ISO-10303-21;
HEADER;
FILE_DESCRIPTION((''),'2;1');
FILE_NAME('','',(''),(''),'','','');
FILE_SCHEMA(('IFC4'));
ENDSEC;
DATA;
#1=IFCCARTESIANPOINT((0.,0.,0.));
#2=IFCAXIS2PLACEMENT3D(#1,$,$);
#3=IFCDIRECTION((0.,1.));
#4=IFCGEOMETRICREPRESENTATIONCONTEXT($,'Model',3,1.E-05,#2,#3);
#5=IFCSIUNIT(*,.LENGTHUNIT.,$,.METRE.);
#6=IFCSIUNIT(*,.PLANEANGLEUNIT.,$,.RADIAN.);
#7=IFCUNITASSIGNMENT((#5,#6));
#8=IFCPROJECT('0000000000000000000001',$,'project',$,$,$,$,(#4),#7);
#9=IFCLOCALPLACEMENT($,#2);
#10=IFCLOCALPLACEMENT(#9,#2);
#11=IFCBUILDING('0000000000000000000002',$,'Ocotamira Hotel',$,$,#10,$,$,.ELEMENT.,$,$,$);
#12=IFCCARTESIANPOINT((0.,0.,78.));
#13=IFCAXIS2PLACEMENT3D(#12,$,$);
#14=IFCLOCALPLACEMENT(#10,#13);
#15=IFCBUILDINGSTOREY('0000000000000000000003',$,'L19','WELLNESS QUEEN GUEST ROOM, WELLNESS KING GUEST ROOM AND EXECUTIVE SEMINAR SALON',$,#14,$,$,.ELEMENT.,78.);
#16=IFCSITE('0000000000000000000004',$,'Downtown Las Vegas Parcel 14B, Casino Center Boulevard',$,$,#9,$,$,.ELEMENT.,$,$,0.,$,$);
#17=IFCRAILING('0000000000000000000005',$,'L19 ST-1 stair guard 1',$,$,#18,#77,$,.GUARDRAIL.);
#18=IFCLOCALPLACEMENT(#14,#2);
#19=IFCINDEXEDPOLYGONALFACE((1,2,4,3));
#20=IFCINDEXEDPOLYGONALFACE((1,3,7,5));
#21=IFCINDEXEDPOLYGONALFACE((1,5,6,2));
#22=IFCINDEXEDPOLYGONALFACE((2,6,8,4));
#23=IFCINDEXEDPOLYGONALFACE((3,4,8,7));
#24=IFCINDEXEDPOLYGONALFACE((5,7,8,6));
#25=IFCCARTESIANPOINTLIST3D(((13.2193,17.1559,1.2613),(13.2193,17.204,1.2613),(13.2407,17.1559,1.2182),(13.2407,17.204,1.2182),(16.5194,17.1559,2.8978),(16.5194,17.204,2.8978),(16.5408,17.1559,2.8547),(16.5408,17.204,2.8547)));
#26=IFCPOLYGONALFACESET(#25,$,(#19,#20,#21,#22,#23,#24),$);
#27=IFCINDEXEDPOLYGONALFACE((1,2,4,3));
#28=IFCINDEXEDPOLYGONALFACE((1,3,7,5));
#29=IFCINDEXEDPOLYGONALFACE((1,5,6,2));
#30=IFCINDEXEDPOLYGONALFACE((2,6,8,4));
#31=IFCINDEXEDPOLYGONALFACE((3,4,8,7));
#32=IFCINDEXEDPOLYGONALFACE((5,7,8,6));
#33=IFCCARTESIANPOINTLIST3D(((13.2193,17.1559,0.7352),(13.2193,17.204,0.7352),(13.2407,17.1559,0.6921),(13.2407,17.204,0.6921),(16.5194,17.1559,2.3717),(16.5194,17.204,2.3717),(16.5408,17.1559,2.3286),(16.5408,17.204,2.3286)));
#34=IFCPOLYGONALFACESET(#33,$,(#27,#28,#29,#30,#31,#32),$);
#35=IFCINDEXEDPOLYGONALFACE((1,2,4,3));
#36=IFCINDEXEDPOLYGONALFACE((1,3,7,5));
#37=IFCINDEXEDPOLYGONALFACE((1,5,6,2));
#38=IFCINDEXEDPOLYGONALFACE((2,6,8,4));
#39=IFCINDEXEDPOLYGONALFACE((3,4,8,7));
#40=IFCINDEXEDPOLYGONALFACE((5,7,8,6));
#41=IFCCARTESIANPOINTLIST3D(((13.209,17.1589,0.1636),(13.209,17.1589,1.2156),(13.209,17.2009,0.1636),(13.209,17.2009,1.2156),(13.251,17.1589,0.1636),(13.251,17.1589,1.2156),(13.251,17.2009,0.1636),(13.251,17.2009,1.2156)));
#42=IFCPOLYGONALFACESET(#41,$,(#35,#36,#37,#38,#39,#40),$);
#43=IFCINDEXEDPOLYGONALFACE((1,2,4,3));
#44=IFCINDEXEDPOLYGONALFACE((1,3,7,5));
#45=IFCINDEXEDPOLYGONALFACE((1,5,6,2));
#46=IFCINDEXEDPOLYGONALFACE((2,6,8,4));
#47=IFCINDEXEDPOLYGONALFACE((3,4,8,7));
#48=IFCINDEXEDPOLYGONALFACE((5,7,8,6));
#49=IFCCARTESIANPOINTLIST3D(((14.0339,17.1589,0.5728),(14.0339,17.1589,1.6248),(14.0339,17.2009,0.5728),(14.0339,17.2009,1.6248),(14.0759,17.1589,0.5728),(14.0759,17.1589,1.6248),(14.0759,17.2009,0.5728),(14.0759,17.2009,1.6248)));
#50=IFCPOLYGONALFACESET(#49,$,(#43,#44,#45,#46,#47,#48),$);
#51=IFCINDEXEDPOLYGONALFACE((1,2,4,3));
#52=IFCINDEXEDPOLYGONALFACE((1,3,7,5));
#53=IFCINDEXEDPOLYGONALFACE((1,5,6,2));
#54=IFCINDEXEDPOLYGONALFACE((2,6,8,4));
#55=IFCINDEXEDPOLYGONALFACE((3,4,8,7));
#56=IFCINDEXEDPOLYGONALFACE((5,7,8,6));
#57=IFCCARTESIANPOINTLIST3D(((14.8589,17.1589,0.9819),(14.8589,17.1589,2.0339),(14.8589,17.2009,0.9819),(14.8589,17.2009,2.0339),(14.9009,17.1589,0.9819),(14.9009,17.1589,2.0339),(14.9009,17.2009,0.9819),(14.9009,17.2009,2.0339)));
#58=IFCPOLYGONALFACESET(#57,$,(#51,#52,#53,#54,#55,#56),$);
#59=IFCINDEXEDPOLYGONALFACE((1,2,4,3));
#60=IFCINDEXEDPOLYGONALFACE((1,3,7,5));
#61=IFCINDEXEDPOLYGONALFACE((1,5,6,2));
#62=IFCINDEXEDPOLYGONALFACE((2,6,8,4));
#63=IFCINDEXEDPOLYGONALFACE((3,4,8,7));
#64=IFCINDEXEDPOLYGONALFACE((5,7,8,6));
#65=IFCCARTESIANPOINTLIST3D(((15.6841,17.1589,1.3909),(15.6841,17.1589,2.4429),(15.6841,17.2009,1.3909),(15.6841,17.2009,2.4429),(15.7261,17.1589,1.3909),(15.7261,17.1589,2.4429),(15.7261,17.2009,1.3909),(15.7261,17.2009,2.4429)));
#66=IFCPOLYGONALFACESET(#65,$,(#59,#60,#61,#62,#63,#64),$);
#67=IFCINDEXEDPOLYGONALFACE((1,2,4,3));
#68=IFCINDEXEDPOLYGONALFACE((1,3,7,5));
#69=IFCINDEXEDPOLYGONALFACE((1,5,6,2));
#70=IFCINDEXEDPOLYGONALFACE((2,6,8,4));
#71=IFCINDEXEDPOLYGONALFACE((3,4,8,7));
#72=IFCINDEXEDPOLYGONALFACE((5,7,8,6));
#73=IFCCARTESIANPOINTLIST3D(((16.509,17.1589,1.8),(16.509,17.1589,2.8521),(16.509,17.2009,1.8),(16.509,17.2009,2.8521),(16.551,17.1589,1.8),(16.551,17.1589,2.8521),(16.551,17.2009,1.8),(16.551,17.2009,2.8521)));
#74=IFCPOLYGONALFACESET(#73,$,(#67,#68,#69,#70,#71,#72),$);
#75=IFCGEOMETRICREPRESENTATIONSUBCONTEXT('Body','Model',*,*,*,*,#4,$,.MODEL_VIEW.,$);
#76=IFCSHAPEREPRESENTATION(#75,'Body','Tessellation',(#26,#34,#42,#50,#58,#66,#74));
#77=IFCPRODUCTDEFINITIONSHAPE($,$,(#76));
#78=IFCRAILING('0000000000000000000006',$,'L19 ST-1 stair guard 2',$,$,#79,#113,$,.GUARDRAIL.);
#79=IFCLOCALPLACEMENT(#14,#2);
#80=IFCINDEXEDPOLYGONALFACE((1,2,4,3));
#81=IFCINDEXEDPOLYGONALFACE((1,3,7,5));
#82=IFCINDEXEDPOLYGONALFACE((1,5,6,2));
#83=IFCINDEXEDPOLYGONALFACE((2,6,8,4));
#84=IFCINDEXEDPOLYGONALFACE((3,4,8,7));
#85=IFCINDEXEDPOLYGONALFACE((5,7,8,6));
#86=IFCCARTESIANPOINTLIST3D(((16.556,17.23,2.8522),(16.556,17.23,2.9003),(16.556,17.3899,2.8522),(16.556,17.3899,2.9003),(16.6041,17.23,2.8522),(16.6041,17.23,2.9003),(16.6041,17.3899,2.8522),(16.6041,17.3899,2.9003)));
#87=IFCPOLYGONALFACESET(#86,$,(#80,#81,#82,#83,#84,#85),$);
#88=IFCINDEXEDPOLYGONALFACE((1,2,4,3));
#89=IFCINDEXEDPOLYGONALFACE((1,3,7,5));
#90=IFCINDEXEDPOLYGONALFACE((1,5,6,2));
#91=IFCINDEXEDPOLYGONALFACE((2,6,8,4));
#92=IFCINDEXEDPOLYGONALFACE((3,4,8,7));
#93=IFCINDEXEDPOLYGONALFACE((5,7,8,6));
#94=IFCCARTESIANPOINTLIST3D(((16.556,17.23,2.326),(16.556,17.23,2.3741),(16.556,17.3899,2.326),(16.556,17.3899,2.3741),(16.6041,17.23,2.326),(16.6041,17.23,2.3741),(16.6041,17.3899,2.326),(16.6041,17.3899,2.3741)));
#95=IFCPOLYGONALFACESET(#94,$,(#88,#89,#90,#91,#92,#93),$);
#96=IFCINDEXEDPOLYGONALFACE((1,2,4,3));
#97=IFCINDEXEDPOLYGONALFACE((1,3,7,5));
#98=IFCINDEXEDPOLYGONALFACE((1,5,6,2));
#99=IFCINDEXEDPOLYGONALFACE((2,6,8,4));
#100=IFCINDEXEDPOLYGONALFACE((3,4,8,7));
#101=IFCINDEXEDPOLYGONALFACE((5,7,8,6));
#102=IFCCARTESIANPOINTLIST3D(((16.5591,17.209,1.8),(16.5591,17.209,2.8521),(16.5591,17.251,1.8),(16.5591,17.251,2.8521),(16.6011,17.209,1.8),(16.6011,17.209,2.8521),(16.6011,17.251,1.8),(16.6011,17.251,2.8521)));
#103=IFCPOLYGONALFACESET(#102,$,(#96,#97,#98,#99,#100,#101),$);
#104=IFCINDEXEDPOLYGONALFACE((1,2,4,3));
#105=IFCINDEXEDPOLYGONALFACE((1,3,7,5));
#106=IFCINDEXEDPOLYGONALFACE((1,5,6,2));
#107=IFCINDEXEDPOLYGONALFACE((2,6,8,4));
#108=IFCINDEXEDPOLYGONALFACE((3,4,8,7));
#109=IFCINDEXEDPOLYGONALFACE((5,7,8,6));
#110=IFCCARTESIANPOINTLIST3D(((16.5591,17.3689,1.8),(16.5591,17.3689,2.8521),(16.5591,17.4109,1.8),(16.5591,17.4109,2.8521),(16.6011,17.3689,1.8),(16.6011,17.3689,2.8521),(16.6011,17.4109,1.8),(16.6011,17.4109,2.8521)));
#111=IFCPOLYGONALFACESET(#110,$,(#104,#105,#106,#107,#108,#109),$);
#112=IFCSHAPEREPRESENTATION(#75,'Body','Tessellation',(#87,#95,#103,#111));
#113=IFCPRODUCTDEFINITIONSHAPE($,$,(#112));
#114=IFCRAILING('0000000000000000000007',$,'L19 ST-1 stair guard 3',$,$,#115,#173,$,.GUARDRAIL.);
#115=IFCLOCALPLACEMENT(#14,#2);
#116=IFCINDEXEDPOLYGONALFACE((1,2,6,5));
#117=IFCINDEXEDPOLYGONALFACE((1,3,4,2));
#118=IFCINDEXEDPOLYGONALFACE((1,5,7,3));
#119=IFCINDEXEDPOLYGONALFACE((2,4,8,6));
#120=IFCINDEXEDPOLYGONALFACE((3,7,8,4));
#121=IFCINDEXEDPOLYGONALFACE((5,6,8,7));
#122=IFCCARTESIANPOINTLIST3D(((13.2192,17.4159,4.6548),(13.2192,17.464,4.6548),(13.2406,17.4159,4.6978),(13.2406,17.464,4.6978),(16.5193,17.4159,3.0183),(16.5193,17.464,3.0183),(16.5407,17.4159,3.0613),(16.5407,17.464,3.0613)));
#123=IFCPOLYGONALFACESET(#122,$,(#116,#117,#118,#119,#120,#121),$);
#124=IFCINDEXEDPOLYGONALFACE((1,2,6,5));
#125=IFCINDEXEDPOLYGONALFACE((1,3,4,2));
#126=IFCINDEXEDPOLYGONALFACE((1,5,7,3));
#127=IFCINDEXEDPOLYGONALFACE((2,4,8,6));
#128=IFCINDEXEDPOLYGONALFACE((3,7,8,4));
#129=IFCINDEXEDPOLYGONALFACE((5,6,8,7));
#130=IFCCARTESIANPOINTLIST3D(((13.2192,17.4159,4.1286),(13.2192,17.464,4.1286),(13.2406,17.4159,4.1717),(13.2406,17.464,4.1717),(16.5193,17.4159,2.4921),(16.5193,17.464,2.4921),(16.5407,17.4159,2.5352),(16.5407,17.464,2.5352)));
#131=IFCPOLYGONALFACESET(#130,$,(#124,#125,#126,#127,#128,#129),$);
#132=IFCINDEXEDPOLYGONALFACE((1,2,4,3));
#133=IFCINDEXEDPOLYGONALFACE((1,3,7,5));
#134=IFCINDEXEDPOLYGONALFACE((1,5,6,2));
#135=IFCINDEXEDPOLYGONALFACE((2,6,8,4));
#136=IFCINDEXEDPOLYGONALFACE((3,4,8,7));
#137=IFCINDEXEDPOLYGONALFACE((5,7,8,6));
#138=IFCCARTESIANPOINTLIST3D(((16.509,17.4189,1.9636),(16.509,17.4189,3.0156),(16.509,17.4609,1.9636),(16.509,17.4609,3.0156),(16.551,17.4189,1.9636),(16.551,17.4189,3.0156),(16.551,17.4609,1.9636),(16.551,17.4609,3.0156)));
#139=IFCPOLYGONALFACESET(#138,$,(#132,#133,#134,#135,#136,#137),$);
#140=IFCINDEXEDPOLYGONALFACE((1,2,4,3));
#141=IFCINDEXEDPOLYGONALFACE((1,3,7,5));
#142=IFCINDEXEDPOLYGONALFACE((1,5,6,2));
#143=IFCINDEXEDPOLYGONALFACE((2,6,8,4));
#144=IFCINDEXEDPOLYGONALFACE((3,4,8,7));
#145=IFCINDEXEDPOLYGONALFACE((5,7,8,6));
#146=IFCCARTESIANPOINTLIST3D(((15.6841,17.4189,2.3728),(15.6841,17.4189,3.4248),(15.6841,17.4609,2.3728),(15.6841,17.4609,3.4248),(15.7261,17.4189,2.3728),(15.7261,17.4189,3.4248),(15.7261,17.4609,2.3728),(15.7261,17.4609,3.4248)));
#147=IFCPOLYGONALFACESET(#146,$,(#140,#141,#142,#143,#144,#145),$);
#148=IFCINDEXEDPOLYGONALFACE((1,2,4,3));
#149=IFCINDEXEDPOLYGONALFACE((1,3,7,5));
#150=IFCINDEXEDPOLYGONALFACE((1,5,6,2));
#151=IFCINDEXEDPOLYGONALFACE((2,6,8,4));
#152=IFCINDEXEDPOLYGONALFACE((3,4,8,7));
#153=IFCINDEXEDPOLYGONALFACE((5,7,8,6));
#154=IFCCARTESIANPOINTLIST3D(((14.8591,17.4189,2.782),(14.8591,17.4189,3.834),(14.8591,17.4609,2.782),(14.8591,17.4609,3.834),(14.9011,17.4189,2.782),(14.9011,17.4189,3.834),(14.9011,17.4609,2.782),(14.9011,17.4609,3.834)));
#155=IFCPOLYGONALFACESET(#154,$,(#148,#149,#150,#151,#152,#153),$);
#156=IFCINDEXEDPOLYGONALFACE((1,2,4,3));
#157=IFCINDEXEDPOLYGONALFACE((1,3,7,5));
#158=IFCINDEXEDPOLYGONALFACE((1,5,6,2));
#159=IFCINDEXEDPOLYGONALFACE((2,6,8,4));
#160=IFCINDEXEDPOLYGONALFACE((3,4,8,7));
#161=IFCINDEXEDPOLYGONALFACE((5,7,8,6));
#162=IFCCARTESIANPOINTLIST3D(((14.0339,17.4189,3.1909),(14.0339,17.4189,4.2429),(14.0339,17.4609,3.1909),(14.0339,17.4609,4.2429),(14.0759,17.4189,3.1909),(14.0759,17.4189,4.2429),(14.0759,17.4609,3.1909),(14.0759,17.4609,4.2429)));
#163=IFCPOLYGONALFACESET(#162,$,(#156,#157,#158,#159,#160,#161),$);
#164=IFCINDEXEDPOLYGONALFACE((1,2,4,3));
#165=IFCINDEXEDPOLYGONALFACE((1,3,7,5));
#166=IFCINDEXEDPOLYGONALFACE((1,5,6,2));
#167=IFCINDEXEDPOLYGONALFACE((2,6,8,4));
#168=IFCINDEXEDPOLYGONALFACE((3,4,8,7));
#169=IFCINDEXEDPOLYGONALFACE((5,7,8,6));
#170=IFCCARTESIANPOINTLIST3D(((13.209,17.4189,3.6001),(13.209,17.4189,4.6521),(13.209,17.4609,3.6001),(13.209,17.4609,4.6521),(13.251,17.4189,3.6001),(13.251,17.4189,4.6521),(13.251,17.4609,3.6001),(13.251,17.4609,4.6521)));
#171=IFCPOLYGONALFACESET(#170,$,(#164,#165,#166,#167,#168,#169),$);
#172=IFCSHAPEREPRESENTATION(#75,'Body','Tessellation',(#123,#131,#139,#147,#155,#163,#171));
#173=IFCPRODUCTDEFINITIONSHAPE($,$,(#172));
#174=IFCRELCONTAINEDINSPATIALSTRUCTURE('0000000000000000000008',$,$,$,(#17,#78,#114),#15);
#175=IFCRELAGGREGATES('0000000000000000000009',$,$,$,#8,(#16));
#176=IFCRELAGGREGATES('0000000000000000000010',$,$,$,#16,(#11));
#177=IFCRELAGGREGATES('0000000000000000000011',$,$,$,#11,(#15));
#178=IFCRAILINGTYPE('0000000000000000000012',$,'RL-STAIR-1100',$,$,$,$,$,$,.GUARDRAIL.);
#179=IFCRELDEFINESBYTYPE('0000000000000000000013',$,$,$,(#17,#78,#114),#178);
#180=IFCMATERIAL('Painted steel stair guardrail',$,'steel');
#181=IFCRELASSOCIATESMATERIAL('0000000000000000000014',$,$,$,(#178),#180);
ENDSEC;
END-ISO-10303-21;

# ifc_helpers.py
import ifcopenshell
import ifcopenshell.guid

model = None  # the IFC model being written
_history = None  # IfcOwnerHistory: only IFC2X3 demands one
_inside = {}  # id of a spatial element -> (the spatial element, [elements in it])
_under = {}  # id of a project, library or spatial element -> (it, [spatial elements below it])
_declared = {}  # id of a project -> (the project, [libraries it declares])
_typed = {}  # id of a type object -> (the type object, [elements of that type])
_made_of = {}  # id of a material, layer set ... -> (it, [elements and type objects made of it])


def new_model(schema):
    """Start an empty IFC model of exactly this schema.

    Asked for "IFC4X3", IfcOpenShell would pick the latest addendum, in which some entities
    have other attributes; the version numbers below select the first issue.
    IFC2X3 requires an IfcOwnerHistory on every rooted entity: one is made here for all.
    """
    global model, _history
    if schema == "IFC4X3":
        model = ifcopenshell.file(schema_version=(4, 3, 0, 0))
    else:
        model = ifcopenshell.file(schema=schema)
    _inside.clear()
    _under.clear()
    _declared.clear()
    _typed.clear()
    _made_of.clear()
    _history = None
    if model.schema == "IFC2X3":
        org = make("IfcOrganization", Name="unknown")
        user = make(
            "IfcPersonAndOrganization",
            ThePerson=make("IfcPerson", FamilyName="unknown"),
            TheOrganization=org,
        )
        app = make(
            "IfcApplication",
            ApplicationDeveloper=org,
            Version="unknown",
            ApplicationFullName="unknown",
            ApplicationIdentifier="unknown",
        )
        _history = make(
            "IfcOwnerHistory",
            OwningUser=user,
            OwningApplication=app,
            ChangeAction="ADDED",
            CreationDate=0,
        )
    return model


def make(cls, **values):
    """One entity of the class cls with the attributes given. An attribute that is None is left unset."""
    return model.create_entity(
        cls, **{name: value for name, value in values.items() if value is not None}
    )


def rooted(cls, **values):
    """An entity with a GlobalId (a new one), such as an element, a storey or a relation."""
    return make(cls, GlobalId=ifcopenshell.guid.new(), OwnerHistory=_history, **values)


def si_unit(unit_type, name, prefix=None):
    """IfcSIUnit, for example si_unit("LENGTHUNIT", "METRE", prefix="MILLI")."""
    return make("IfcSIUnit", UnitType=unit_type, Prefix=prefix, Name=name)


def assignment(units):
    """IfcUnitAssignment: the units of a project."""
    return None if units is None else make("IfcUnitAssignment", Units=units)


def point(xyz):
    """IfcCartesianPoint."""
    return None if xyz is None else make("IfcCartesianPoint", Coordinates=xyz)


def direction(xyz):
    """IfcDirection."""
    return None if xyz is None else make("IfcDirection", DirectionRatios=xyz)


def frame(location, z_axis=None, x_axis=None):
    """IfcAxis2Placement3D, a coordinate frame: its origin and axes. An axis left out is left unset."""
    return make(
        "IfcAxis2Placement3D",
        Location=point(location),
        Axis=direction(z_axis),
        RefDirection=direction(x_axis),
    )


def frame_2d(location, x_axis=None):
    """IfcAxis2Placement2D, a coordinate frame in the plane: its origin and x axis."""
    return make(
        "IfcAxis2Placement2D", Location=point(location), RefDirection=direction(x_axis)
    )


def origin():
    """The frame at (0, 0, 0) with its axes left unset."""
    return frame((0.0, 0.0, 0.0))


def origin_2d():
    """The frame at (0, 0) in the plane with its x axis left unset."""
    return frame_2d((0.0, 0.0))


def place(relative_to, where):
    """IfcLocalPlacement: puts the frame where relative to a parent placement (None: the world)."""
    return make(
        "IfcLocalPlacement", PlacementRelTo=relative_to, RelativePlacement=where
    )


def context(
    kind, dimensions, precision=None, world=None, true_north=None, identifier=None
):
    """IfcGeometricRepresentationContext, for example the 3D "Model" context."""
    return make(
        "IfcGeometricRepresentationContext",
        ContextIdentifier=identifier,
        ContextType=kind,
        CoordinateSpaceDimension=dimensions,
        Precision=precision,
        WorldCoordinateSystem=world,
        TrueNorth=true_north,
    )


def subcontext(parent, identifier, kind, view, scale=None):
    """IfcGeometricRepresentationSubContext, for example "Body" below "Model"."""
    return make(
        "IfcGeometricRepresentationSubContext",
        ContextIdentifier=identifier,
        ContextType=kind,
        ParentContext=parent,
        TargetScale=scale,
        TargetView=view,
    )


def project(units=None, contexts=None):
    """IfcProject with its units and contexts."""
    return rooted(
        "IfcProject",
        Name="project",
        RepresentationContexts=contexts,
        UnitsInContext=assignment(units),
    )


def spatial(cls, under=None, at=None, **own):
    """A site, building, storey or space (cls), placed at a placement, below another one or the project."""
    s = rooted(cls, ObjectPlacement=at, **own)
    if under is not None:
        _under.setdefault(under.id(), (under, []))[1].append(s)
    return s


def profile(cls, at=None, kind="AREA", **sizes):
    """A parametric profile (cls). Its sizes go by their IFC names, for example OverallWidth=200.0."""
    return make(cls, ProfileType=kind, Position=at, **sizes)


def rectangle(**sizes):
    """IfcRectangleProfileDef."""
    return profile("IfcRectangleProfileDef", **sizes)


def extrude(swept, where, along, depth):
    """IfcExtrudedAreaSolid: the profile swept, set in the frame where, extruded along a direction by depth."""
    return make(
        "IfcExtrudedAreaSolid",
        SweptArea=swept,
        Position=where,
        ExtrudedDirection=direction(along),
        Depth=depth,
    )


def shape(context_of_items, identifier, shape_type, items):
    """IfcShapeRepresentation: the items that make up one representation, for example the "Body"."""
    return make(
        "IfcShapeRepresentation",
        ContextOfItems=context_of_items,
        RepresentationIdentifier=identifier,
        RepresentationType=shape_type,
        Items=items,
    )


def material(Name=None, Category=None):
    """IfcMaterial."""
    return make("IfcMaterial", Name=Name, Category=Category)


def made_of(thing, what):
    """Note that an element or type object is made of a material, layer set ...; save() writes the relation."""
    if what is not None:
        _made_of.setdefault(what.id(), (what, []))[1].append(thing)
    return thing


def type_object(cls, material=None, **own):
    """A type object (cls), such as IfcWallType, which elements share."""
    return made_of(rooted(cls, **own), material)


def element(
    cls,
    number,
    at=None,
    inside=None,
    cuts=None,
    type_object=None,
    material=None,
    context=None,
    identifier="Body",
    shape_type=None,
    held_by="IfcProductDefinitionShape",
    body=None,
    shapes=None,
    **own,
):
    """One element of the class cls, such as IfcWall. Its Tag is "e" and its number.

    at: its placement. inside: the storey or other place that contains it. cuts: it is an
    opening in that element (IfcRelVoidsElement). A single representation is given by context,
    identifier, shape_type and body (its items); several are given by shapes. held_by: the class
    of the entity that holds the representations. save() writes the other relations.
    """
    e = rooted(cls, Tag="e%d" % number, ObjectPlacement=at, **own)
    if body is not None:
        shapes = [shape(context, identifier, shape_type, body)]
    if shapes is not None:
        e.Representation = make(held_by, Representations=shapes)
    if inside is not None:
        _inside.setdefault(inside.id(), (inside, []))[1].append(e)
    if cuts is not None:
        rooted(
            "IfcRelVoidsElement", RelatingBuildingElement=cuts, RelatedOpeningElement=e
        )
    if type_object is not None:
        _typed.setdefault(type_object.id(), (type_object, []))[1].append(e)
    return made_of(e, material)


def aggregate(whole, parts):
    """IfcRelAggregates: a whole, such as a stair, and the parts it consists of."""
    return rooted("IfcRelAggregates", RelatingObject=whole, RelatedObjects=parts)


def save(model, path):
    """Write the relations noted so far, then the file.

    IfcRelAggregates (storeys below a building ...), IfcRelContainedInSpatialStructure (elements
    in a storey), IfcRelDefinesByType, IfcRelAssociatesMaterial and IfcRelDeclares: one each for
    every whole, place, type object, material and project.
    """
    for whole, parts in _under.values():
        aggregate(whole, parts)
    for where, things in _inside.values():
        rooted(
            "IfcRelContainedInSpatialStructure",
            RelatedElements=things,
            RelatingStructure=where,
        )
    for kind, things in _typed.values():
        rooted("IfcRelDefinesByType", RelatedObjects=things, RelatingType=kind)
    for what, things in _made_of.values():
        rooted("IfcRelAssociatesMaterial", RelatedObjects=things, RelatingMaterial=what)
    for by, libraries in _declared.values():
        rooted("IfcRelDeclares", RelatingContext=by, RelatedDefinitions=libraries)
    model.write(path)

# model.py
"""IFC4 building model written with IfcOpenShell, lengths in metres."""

from ifc_helpers import new_model, si_unit, direction, frame, origin, origin_2d, place, context, subcontext, project, spatial, rectangle, extrude, material, type_object, element, save


model = new_model("IFC4")

# Units and contexts
model_context = context("Model", 3, precision=1e-05, world=origin(), true_north=direction((0.0, 1.0)))
body_context = subcontext(model_context, "Body", "Model", "MODEL_VIEW")
ifc_project = project(units=[si_unit("LENGTHUNIT", "METRE"), si_unit("PLANEANGLEUNIT", "RADIAN")], contexts=[model_context])

# Site, building, storey
site_placement = place(None, origin())
site = spatial("IfcSite", under=ifc_project, at=site_placement, Name="Downtown Las Vegas Parcel 14B, Casino Center Boulevard", CompositionType="ELEMENT", RefElevation=0.0)
building_placement = place(site_placement, origin())
building = spatial("IfcBuilding", under=site, at=building_placement, Name="Ocotamira Hotel", CompositionType="ELEMENT")
storey_placement = place(building_placement, frame((0.0, 0.0, 78.0)))
storey = spatial("IfcBuildingStorey", under=building, at=storey_placement, Name="L19", Description="WELLNESS QUEEN GUEST ROOM, WELLNESS KING GUEST ROOM AND EXECUTIVE SEMINAR SALON", CompositionType="ELEMENT", Elevation=78.0)

# Railings
ifc_material_1 = material(Name="Painted steel stair guardrail", Category="steel")
railing_type_1 = type_object("IfcRailingType", Name="RL-STAIR-1100", PredefinedType="GUARDRAIL", material=ifc_material_1)
railing_1_placement = place(storey_placement, frame((13.23, 17.1799, 0.1636)))
element("IfcRailing", 1, at=railing_1_placement, inside=storey, type_object=railing_type_1, Name="L19 ST-1 stair guard 1", PredefinedType="GUARDRAIL", context=body_context, shape_type="SweptSolid", body=[
    extrude(rectangle(XDim=0.0481, YDim=0.0481, at=origin_2d()), frame((0.0, 0.0, 1.0762), z_axis=(0.895894, 0.0, 0.444268), x_axis=(0.0, 1.0, 0.0)), (0.0, 0.0, 1.0), 3.6836),
    extrude(rectangle(XDim=0.0481, YDim=0.0481, at=origin_2d()), frame((0.0, 0.0, 0.55), z_axis=(0.895894, 0.0, 0.444268), x_axis=(0.0, 1.0, 0.0)), (0.0, 0.0, 1.0), 3.6836),
    extrude(rectangle(XDim=0.042, YDim=0.042, at=origin_2d()), origin(), (0.0, 0.0, 1.0), 1.052),
    extrude(rectangle(XDim=0.042, YDim=0.042, at=origin_2d()), frame((0.825, 0.0, 0.4092)), (0.0, 0.0, 1.0), 1.052),
    extrude(rectangle(XDim=0.042, YDim=0.042, at=origin_2d()), frame((1.6499, 0.0, 0.8184)), (0.0, 0.0, 1.0), 1.052),
    extrude(rectangle(XDim=0.042, YDim=0.042, at=origin_2d()), frame((2.4751, 0.0, 1.2273)), (0.0, 0.0, 1.0), 1.052),
    extrude(rectangle(XDim=0.042, YDim=0.042, at=origin_2d()), frame((3.3, 0.0, 1.6365)), (0.0, 0.0, 1.0), 1.052),
])
railing_2_placement = place(storey_placement, frame((16.5801, 17.23, 1.8)))
element("IfcRailing", 2, at=railing_2_placement, inside=storey, type_object=railing_type_1, Name="L19 ST-1 stair guard 2", PredefinedType="GUARDRAIL", context=body_context, shape_type="SweptSolid", body=[
    extrude(rectangle(XDim=0.0481, YDim=0.0481, at=origin_2d()), frame((0.0, 0.0, 1.0762), z_axis=(0.0, 1.0, 0.0), x_axis=(-1.0, 0.0, 0.0)), (0.0, 0.0, 1.0), 0.1599),
    extrude(rectangle(XDim=0.0481, YDim=0.0481, at=origin_2d()), frame((0.0, 0.0, 0.55), z_axis=(0.0, 1.0, 0.0), x_axis=(-1.0, 0.0, 0.0)), (0.0, 0.0, 1.0), 0.1599),
    extrude(rectangle(XDim=0.042, YDim=0.042, at=origin_2d()), origin(), (0.0, 0.0, 1.0), 1.052),
    extrude(rectangle(XDim=0.042, YDim=0.042, at=origin_2d()), frame((0.0, 0.1599, 0.0)), (0.0, 0.0, 1.0), 1.052),
])
railing_3_placement = place(storey_placement, frame((16.53, 17.4399, 1.9636)))
element("IfcRailing", 3, at=railing_3_placement, inside=storey, type_object=railing_type_1, Name="L19 ST-1 stair guard 3", PredefinedType="GUARDRAIL", context=body_context, shape_type="SweptSolid", body=[
    extrude(rectangle(XDim=0.0481, YDim=0.0481, at=origin_2d()), frame((0.0, 0.0, 1.0762), z_axis=(-0.895894, 0.0, 0.444268), x_axis=(0.0, -1.0, 0.0)), (0.0, 0.0, 1.0), 3.6836),
    extrude(rectangle(XDim=0.0481, YDim=0.0481, at=origin_2d()), frame((0.0, 0.0, 0.55), z_axis=(-0.895894, 0.0, 0.444268), x_axis=(0.0, -1.0, 0.0)), (0.0, 0.0, 1.0), 3.6836),
    extrude(rectangle(XDim=0.042, YDim=0.042, at=origin_2d()), origin(), (0.0, 0.0, 1.0), 1.052),
    extrude(rectangle(XDim=0.042, YDim=0.042, at=origin_2d()), frame((-0.825, 0.0, 0.4092)), (0.0, 0.0, 1.0), 1.052),
    extrude(rectangle(XDim=0.042, YDim=0.042, at=origin_2d()), frame((-1.6499, 0.0, 0.8184)), (0.0, 0.0, 1.0), 1.052),
    extrude(rectangle(XDim=0.042, YDim=0.042, at=origin_2d()), frame((-2.4751, 0.0, 1.2273)), (0.0, 0.0, 1.0), 1.052),
    extrude(rectangle(XDim=0.042, YDim=0.042, at=origin_2d()), frame((-3.3, 0.0, 1.6365)), (0.0, 0.0, 1.0), 1.052),
])

save(model, "model.ifc")
